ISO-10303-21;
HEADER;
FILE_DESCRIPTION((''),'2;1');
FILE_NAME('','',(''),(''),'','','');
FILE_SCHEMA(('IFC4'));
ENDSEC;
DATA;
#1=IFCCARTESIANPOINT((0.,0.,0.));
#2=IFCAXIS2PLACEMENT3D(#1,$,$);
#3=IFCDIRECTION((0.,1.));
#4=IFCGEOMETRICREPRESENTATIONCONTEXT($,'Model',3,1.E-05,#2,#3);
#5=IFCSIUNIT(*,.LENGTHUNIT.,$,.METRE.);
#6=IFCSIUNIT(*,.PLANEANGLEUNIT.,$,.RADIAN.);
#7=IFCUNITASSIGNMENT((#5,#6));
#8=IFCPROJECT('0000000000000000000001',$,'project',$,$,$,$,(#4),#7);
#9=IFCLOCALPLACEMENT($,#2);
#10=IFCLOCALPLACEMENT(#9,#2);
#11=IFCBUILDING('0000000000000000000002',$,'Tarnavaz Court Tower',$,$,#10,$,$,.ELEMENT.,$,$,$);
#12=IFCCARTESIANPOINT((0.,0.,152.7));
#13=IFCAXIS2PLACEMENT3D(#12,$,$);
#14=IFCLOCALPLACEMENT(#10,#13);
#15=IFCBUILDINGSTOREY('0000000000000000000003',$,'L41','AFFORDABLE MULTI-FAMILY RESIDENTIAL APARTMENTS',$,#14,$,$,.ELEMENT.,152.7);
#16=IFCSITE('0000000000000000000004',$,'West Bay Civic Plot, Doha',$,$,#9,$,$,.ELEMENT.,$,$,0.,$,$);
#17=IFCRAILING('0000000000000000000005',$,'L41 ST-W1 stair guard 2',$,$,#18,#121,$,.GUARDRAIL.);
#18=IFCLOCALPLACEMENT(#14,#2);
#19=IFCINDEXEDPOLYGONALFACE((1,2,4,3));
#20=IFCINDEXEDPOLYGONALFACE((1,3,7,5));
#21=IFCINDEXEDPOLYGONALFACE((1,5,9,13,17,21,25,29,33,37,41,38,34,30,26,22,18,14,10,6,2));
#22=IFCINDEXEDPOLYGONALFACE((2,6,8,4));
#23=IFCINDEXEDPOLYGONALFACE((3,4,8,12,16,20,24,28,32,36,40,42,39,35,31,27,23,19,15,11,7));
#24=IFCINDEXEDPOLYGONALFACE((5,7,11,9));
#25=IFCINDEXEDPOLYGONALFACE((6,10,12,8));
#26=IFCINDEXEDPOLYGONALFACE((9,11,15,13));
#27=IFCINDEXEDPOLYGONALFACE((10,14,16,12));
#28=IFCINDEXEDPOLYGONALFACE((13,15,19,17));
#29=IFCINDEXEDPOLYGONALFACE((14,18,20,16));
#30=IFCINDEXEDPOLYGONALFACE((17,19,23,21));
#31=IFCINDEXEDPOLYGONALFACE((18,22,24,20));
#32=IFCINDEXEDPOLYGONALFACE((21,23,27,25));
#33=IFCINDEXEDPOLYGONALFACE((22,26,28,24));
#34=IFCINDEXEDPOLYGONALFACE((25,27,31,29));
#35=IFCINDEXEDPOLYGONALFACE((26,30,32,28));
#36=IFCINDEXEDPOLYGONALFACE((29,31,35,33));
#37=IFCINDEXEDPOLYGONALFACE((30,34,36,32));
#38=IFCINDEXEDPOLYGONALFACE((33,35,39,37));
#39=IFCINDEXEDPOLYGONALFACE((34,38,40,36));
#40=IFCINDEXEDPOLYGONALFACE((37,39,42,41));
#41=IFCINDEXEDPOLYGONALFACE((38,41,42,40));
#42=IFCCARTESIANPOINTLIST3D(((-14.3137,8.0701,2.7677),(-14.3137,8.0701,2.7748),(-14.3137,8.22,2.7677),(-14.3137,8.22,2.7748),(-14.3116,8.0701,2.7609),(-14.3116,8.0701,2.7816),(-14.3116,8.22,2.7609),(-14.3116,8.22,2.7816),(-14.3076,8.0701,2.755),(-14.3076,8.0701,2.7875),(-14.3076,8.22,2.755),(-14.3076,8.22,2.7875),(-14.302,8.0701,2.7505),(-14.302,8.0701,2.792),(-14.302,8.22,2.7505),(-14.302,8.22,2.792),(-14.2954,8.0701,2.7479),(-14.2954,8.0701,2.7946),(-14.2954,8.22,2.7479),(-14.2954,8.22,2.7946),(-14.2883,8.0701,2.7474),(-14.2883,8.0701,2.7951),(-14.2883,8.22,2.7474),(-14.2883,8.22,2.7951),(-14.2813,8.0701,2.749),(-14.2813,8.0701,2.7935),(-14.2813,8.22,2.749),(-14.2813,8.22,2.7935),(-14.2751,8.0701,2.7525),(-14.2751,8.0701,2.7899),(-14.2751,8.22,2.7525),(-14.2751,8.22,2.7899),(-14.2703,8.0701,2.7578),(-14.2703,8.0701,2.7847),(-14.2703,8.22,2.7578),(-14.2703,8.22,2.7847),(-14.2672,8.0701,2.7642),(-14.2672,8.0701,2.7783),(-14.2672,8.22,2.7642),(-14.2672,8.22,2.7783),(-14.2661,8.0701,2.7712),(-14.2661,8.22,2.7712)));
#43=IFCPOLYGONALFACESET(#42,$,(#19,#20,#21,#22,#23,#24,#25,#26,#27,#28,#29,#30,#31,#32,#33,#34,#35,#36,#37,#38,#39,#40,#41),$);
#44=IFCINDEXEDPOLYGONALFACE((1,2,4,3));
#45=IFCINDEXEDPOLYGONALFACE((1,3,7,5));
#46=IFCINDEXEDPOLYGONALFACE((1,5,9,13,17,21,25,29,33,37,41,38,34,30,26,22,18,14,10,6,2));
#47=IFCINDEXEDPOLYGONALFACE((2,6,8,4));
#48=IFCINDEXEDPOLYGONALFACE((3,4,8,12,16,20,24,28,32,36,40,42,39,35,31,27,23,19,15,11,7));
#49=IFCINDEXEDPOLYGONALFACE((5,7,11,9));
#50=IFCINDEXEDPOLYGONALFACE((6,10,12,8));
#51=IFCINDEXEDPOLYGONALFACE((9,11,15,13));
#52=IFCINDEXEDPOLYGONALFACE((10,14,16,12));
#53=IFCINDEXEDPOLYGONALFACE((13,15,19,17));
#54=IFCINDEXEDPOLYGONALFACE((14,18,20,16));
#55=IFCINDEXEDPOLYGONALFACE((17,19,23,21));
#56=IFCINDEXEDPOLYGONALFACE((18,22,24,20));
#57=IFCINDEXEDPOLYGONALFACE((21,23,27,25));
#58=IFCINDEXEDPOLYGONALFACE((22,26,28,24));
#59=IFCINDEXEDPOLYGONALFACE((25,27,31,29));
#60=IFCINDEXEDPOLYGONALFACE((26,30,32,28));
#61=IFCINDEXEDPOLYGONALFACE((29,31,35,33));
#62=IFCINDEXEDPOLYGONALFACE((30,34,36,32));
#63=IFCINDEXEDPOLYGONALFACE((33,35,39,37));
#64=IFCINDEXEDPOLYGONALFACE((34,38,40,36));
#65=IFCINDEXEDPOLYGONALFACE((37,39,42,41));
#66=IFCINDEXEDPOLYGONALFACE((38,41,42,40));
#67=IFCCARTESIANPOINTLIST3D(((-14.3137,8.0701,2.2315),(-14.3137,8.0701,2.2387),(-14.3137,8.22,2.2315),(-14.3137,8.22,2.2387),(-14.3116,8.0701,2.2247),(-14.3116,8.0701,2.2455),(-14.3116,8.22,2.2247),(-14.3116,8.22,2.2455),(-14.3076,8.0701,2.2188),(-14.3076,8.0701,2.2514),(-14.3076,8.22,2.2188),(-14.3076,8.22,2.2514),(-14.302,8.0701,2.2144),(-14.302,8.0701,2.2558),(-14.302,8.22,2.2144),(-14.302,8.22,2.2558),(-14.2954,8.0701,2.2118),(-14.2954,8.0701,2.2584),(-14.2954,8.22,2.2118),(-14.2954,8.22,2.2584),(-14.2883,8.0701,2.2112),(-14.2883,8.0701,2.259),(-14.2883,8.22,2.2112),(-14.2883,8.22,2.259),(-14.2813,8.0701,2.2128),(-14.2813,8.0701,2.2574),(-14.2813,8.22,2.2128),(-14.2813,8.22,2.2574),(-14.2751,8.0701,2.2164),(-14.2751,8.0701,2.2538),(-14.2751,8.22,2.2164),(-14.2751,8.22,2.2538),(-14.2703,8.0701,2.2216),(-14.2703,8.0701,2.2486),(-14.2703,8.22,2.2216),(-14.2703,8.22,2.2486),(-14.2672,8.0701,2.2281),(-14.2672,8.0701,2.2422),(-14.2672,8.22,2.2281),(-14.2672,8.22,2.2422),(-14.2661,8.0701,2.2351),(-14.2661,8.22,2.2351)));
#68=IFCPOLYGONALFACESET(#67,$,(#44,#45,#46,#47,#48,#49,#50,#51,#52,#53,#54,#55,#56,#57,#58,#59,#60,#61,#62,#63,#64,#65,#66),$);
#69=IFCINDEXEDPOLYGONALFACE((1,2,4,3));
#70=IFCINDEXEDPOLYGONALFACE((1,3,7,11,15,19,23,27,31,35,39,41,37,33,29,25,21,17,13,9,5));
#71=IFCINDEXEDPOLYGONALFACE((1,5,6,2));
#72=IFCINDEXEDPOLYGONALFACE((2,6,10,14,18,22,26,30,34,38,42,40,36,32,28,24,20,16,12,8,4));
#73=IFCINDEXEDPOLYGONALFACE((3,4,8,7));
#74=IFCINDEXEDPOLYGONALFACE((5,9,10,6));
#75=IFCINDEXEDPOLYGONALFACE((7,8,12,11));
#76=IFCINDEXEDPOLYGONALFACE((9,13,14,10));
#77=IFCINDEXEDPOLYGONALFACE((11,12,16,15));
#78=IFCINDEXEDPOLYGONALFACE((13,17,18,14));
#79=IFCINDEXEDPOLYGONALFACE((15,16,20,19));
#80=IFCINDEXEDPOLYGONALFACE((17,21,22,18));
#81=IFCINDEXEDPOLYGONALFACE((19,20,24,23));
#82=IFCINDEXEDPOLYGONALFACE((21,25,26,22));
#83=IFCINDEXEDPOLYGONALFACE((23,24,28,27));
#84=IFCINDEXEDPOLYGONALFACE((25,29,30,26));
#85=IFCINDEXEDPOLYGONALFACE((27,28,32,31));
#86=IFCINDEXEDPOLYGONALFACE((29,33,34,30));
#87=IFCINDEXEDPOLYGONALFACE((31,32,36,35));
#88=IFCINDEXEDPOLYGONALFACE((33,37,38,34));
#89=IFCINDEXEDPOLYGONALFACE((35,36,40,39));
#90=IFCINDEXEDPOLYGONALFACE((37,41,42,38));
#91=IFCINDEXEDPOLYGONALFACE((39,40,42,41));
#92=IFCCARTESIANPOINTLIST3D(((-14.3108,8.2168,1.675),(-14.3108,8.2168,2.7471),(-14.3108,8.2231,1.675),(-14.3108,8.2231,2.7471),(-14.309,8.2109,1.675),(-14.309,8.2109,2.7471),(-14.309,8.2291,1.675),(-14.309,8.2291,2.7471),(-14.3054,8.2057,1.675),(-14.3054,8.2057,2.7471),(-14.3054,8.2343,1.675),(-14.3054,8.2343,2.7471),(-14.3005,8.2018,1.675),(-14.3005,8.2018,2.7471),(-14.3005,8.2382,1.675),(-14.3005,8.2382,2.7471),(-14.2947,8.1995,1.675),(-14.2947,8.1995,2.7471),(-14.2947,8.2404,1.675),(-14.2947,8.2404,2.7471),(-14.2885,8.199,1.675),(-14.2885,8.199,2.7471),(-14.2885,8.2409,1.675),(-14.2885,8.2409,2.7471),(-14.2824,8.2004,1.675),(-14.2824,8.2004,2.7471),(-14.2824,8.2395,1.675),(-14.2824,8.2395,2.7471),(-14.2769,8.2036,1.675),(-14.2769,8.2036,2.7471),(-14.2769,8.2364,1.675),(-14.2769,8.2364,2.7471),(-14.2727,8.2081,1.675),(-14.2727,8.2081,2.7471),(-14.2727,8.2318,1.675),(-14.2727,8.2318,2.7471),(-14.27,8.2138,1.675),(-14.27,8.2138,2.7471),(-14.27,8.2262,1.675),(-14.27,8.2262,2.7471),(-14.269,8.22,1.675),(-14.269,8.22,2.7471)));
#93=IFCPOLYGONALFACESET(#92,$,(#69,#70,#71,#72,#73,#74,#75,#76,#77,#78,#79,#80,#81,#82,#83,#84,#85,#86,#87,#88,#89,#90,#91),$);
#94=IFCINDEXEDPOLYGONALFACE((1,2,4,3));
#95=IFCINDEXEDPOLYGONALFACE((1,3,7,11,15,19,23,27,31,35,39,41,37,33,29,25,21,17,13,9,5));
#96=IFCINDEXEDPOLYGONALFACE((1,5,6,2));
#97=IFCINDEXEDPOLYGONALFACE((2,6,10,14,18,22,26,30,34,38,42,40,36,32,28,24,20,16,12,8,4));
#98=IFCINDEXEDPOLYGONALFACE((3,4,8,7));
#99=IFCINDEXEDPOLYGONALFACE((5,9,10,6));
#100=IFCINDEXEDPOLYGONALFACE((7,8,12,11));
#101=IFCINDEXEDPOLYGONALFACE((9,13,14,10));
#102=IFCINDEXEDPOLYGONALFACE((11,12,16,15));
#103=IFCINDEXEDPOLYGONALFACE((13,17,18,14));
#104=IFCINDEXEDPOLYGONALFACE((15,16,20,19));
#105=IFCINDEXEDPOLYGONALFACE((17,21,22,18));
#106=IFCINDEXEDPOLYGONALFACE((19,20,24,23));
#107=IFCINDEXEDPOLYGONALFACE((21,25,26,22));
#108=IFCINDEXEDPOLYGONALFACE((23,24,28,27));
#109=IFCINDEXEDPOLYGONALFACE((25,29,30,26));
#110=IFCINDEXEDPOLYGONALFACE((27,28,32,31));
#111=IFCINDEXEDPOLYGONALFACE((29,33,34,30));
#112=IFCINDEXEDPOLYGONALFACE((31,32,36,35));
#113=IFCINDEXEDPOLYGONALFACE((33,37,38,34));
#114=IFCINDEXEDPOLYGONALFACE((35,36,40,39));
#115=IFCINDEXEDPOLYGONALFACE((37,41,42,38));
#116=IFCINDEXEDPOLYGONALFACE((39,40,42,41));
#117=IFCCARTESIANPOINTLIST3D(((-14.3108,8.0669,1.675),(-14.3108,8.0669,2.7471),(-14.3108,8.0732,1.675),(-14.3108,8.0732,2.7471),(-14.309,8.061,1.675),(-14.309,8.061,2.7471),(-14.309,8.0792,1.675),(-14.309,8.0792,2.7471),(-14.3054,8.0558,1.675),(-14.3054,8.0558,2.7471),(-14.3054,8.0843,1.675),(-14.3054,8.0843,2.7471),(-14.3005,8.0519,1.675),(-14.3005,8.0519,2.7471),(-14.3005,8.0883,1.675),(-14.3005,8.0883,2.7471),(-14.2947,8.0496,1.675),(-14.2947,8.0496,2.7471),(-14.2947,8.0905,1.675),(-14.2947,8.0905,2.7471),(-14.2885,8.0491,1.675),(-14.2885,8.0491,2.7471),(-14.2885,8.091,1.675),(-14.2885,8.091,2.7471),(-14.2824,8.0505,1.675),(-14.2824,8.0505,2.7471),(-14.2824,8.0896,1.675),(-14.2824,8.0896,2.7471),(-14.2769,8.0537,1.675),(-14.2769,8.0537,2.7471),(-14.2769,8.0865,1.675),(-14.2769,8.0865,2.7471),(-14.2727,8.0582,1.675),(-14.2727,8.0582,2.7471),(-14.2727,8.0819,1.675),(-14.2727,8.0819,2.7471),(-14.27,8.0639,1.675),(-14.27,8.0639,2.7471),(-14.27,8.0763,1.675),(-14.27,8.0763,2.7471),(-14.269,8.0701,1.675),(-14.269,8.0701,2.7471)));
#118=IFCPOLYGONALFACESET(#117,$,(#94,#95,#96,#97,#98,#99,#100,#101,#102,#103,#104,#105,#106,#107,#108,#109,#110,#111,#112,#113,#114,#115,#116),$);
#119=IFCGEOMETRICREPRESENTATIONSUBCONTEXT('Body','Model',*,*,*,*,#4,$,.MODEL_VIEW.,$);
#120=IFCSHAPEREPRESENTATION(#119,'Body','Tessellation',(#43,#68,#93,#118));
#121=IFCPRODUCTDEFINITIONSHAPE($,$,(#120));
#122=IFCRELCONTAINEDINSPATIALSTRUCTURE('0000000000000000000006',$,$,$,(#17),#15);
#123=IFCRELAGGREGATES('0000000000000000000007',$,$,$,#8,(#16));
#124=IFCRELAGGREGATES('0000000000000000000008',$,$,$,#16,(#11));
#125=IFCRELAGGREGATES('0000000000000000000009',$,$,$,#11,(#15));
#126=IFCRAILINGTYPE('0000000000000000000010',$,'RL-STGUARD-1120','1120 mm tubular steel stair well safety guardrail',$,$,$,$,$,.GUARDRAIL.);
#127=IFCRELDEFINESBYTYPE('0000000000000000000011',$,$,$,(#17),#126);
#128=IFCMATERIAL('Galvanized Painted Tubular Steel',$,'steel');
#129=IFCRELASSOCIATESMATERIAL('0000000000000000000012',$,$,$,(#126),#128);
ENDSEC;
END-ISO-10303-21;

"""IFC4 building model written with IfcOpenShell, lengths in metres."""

from ifc_helpers import new_model, si_unit, direction, frame, origin, origin_2d, place, context, subcontext, project, spatial, circle, extrude, material, type_object, element, save


model = new_model("IFC4")

# Units and contexts
model_context = context("Model", 3, precision=1e-05, world=origin(), true_north=direction((0.0, 1.0)))
body_context = subcontext(model_context, "Body", "Model", "MODEL_VIEW")
ifc_project = project(units=[si_unit("LENGTHUNIT", "METRE"), si_unit("PLANEANGLEUNIT", "RADIAN")], contexts=[model_context])

# Site, building, storey
site_placement = place(None, origin())
site = spatial("IfcSite", under=ifc_project, at=site_placement, Name="West Bay Civic Plot, Doha", CompositionType="ELEMENT", RefElevation=0.0)
building_placement = place(site_placement, origin())
building = spatial("IfcBuilding", under=site, at=building_placement, Name="Tarnavaz Court Tower", CompositionType="ELEMENT")
storey_placement = place(building_placement, frame((0.0, 0.0, 152.7)))
storey = spatial("IfcBuildingStorey", under=building, at=storey_placement, Name="L41", Description="AFFORDABLE MULTI-FAMILY RESIDENTIAL APARTMENTS", CompositionType="ELEMENT", Elevation=152.7)

# Railing
ifc_material_1 = material(Name="Galvanized Painted Tubular Steel", Category="steel")
railing_type_1 = type_object("IfcRailingType", Name="RL-STGUARD-1120", Description="1120 mm tubular steel stair well safety guardrail", PredefinedType="GUARDRAIL", material=ifc_material_1)
railing_1_placement = place(storey_placement, frame((-14.29, 8.22, 1.675)))
element("IfcRailing", 1, at=railing_1_placement, inside=storey, type_object=railing_type_1, Name="L41 ST-W1 stair guard 2", PredefinedType="GUARDRAIL", context=body_context, shape_type="SweptSolid", body=[
    extrude(circle(Radius=0.0239, at=origin_2d()), frame((0.0, 0.0, 1.0962), z_axis=(0.0, -1.0, 0.0), x_axis=(1.0, 0.0, 0.0)), (0.0, 0.0, 1.0), 0.1499),
    extrude(circle(Radius=0.0239, at=origin_2d()), frame((0.0, 0.0, 0.5601), z_axis=(0.0, -1.0, 0.0), x_axis=(1.0, 0.0, 0.0)), (0.0, 0.0, 1.0), 0.1499),
    extrude(circle(Radius=0.021, at=origin_2d()), origin(), (0.0, 0.0, 1.0), 1.072),
    extrude(circle(Radius=0.021, at=origin_2d()), frame((0.0, -0.1499, 0.0)), (0.0, 0.0, 1.0), 1.072),
])

save(model, "model.ifc")
